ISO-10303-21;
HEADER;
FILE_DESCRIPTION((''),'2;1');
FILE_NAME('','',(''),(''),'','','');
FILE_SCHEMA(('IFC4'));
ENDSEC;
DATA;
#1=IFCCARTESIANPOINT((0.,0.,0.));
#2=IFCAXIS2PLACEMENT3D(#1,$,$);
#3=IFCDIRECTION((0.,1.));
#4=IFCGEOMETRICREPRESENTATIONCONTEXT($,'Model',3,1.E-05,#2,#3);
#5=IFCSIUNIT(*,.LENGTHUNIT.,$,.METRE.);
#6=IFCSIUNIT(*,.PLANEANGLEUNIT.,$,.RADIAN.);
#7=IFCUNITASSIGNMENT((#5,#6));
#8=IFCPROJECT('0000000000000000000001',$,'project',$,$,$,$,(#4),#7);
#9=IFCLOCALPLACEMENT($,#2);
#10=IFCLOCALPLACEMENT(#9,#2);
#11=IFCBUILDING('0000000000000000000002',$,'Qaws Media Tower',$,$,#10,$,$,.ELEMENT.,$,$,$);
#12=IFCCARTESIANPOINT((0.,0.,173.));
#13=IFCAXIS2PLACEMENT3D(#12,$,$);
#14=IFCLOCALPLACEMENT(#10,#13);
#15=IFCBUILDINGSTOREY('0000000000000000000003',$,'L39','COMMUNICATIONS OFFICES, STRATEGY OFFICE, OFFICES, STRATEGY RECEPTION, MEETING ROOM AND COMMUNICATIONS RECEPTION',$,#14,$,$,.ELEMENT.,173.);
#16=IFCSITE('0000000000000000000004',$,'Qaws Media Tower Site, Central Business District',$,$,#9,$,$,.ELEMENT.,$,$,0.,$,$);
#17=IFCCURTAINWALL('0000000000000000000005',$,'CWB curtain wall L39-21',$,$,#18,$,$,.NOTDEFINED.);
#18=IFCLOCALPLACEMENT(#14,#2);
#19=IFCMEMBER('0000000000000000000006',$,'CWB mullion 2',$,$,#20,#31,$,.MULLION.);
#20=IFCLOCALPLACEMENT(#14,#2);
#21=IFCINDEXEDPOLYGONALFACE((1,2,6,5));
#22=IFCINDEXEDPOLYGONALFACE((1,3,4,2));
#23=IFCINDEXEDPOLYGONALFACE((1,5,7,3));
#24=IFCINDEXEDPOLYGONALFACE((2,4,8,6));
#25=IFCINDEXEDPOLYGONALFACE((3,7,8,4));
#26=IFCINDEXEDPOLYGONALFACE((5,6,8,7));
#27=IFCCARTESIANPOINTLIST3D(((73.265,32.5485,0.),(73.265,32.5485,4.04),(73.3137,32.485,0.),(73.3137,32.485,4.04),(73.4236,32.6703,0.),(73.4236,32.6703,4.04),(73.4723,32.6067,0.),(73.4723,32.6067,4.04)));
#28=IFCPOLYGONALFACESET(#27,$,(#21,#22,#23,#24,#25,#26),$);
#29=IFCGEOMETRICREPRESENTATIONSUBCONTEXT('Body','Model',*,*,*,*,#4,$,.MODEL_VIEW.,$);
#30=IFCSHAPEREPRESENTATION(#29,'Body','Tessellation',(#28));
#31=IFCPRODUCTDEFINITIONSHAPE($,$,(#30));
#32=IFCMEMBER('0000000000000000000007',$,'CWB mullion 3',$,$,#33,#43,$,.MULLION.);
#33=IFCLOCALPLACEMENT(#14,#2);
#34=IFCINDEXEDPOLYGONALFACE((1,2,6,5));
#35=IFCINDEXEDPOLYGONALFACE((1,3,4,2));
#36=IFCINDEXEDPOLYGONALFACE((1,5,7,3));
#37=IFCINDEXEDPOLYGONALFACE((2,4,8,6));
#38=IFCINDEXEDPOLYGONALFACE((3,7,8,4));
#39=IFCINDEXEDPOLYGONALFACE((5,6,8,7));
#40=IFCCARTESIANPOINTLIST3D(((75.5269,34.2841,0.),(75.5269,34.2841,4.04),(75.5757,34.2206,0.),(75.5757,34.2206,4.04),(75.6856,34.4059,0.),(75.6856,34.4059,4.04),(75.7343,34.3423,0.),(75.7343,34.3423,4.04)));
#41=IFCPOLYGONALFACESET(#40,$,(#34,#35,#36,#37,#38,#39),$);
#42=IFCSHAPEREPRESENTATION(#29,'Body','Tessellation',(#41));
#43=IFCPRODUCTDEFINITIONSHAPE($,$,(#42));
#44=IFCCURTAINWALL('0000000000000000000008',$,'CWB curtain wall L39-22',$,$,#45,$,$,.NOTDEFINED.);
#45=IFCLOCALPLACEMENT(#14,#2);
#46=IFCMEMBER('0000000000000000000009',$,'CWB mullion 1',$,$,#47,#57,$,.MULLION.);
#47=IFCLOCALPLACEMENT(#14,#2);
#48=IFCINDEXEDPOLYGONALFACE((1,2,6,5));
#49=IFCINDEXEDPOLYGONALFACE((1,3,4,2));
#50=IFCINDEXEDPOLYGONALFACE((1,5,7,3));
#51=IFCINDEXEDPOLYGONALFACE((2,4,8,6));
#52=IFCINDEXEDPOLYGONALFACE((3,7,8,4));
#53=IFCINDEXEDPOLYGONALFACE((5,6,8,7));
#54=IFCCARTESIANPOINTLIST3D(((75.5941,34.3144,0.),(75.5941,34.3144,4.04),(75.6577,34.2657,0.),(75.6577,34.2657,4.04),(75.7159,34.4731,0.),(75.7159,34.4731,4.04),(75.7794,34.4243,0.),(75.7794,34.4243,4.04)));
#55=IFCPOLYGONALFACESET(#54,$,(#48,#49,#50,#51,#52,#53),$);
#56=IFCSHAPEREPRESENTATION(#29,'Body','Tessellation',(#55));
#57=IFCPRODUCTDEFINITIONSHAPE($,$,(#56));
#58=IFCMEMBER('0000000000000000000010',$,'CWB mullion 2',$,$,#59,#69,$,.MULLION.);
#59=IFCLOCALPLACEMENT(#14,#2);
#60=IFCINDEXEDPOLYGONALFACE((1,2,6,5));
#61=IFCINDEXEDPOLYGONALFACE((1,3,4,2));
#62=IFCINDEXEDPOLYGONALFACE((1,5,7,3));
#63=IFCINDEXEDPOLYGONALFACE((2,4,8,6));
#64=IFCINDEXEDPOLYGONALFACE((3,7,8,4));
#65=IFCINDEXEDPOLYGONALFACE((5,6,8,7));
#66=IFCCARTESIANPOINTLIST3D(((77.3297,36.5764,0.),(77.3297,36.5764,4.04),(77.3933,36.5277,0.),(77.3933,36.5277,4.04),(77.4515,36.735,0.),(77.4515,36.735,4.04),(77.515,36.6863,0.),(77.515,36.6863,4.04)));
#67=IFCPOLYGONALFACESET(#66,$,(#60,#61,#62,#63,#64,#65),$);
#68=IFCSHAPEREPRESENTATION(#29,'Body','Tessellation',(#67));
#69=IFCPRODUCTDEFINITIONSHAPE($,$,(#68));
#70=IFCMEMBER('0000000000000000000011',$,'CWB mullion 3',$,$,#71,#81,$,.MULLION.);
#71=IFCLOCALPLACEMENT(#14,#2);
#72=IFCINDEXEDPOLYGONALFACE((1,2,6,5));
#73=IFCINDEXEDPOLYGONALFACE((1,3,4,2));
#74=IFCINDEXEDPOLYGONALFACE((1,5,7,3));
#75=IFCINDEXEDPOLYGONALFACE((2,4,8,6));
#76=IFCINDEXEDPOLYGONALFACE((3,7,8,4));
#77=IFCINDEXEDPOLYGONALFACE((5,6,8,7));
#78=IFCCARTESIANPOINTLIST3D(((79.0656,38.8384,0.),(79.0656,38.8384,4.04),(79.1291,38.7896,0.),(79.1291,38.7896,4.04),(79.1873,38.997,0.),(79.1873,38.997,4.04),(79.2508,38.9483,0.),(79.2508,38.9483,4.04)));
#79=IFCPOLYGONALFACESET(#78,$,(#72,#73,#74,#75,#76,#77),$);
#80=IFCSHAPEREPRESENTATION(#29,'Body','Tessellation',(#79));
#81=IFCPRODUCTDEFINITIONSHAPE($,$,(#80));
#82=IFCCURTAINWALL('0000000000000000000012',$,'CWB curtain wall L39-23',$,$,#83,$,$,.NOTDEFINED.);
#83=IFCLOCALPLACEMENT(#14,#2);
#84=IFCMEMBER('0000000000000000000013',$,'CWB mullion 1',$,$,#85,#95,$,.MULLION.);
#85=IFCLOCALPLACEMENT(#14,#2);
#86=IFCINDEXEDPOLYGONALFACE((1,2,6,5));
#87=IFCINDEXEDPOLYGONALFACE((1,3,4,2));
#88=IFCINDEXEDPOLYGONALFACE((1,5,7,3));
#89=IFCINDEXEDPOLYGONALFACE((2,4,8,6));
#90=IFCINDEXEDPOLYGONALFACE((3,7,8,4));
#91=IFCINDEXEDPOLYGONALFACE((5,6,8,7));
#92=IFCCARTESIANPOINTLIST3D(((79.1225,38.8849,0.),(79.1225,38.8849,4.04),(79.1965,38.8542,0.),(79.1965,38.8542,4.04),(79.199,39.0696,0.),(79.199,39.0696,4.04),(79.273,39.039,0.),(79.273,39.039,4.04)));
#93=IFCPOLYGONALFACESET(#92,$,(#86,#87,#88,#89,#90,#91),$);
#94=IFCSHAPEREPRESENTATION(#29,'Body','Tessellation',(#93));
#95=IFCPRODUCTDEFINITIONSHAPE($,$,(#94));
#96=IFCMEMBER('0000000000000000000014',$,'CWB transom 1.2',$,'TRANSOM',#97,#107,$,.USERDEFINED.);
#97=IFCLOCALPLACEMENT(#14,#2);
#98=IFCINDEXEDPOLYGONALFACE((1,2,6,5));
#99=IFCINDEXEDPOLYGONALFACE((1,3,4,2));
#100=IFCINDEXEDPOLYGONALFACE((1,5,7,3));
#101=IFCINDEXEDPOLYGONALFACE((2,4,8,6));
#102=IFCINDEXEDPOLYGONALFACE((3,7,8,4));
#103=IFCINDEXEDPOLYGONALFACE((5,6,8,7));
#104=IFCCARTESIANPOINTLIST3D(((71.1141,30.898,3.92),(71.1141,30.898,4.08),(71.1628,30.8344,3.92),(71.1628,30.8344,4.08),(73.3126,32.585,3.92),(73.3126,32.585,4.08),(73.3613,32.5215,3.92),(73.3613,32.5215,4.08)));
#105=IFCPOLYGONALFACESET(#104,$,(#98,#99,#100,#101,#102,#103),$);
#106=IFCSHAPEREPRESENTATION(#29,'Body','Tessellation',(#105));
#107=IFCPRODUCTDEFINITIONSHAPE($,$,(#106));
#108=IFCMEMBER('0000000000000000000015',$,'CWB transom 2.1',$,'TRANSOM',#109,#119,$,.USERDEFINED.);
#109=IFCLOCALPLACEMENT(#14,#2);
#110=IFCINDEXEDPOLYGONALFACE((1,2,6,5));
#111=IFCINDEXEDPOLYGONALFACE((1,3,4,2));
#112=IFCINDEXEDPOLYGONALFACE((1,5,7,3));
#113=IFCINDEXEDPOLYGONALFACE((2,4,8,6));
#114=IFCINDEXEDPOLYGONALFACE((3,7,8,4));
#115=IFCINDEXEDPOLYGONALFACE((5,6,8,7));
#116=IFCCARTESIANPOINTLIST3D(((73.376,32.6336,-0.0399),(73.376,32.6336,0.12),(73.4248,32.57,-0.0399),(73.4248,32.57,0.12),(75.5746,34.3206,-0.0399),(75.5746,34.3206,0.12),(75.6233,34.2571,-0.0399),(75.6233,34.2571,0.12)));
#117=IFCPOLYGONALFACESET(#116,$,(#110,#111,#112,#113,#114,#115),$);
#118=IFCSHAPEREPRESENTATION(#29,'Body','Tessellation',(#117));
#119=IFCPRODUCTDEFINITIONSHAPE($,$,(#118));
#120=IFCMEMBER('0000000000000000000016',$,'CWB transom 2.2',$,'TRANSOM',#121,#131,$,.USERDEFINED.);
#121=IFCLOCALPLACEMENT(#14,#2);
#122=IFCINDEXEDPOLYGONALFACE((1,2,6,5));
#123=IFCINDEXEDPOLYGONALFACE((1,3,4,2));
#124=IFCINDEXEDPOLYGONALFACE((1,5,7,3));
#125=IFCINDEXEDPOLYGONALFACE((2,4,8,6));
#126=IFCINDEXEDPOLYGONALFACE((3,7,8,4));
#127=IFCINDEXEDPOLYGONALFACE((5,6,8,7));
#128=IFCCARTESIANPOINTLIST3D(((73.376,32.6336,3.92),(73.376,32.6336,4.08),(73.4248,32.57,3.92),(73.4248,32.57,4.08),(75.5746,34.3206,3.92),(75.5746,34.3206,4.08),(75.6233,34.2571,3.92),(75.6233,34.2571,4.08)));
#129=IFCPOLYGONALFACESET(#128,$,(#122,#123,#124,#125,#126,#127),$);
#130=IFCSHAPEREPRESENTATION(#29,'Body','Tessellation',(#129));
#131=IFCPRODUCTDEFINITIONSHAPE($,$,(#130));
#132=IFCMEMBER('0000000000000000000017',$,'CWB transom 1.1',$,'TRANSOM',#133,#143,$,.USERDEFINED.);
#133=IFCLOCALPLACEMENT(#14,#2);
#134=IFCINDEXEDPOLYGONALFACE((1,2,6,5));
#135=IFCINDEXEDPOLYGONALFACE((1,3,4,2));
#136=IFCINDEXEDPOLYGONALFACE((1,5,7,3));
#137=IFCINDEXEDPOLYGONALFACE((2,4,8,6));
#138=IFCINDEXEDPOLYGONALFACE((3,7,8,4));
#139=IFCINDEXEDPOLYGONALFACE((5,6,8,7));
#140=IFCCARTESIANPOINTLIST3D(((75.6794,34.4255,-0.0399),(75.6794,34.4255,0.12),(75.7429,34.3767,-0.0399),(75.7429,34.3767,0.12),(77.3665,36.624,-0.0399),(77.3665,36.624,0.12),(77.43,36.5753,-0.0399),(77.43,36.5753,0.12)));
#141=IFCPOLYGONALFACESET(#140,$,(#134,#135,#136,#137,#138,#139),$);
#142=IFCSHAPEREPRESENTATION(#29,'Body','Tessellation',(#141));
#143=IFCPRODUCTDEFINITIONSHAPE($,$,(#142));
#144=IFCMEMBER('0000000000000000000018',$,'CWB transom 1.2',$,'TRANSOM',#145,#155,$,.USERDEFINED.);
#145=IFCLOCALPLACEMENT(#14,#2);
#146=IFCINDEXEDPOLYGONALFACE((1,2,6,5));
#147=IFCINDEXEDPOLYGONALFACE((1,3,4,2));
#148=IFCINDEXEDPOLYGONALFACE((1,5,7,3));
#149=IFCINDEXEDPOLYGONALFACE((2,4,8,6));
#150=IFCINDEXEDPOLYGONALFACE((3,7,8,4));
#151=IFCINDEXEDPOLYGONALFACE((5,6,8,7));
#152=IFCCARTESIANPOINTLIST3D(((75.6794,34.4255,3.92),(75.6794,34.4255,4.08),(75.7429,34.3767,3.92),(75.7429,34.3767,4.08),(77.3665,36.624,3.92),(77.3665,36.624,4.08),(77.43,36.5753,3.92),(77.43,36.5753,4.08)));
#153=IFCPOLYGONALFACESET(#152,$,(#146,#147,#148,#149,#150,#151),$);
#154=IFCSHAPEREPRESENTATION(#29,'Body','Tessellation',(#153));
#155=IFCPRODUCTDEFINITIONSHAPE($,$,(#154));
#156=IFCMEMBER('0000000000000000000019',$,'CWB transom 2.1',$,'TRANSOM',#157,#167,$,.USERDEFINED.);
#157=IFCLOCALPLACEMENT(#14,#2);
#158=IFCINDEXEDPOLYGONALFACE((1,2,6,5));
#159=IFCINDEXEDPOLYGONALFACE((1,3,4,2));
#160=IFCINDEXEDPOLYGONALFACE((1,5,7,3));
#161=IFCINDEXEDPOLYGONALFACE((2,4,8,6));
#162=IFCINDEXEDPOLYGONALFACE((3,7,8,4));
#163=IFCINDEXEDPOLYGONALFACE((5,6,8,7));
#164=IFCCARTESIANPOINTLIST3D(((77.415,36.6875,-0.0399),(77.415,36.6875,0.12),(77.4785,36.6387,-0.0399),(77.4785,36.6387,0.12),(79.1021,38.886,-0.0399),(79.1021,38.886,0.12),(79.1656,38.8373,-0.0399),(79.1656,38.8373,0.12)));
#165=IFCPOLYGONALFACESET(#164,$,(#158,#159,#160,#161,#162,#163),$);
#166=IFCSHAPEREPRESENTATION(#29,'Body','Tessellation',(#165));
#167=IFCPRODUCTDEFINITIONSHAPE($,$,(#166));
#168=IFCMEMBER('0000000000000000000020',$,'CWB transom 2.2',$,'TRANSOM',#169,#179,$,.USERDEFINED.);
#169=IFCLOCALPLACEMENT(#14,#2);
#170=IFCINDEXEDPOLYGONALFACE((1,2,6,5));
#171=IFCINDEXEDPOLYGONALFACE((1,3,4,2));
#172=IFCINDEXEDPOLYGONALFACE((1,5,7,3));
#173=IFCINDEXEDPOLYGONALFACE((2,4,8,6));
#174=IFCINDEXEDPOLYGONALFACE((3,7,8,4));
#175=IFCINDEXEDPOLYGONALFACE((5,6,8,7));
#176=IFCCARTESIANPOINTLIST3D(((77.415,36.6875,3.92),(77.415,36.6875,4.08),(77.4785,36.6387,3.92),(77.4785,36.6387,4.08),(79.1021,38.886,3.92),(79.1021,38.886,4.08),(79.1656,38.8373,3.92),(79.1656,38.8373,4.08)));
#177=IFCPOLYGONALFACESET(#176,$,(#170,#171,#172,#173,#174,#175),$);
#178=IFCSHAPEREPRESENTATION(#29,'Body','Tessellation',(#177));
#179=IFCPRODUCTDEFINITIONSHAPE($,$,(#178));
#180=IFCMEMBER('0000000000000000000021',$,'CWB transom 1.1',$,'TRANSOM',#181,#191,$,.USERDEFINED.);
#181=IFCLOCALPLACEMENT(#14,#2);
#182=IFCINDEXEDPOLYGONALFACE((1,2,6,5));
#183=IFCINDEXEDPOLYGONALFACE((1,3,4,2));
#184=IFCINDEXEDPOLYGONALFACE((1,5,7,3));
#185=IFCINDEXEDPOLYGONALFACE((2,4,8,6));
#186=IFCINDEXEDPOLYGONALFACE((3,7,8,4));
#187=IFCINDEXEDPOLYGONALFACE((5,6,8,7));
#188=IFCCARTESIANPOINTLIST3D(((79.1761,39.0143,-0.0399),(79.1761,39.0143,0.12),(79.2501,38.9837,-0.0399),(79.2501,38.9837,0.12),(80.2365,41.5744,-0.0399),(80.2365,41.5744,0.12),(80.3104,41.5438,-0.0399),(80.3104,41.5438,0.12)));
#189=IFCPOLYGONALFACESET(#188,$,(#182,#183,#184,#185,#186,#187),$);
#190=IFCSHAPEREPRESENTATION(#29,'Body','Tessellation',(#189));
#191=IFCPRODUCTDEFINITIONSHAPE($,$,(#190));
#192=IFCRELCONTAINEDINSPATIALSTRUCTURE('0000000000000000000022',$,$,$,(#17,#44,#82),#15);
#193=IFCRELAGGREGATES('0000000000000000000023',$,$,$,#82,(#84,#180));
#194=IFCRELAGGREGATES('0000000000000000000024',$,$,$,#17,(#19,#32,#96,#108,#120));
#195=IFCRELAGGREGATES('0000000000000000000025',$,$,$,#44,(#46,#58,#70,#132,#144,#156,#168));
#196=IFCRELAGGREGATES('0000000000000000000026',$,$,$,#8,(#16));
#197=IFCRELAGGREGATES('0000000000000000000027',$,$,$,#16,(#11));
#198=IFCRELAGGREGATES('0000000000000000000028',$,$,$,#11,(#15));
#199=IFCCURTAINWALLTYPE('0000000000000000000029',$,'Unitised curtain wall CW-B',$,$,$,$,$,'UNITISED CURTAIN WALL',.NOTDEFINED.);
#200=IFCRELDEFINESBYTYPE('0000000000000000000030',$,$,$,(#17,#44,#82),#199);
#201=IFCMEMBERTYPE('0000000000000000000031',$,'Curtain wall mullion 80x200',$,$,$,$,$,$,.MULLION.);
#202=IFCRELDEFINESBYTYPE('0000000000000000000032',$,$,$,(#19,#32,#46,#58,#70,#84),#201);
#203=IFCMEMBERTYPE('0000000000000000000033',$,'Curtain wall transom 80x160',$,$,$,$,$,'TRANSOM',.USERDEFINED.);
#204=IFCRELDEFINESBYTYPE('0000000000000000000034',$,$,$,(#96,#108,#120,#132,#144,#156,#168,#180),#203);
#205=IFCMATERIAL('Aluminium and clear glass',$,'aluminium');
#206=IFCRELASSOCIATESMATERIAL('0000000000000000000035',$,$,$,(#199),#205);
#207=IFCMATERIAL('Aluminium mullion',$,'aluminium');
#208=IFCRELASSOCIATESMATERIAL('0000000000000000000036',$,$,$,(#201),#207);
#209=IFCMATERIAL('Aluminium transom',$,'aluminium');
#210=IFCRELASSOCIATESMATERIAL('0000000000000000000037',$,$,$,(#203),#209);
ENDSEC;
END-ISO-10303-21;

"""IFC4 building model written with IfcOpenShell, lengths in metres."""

from ifc_helpers import new_model, si_unit, direction, frame, origin, origin_2d, place, context, subcontext, project, spatial, rectangle, extrude, material, material_profile, profile_set, type_object, element, aggregate, save


model = new_model("IFC4")

# Units and contexts
model_context = context("Model", 3, precision=1e-05, world=origin(), true_north=direction((0.0, 1.0)))
body_context = subcontext(model_context, "Body", "Model", "MODEL_VIEW")
ifc_project = project(units=[si_unit("LENGTHUNIT", "METRE"), si_unit("PLANEANGLEUNIT", "RADIAN")], contexts=[model_context])

# Site, building, storey
site_placement = place(None, origin())
site = spatial("IfcSite", under=ifc_project, at=site_placement, Name="Qaws Media Tower Site, Central Business District", CompositionType="ELEMENT", RefElevation=0.0)
building_placement = place(site_placement, origin())
building = spatial("IfcBuilding", under=site, at=building_placement, Name="Qaws Media Tower", CompositionType="ELEMENT")
storey_placement = place(building_placement, frame((0.0, 0.0, 173.0)))
storey = spatial("IfcBuildingStorey", under=building, at=storey_placement, Name="L39", Description="COMMUNICATIONS OFFICES, STRATEGY OFFICE, OFFICES, STRATEGY RECEPTION, MEETING ROOM AND COMMUNICATIONS RECEPTION", CompositionType="ELEMENT", Elevation=173.0)

# Curtain walls, members
ifc_material_1 = material(Name="Aluminium and clear glass", Category="aluminium")
curtain_wall_type = type_object("IfcCurtainWallType", Name="Unitised curtain wall CW-B", ElementType="UNITISED CURTAIN WALL", PredefinedType="NOTDEFINED", material=ifc_material_1)
curtain_wall_1_placement = place(storey_placement, origin())
curtain_wall_1 = element("IfcCurtainWall", 1, at=curtain_wall_1_placement, inside=storey, type_object=curtain_wall_type, Name="CWB curtain wall L39-21", PredefinedType="NOTDEFINED")
ifc_material_2 = material(Name="Aluminium mullion", Category="aluminium")
ifc_material_profile_1 = material_profile(ifc_material_2, rectangle(XDim=0.0801, YDim=0.2, at=origin_2d()), Name="80x200")
ifc_profile_set_1 = profile_set([ifc_material_profile_1], Name="Aluminium mullion")
member_type_1 = type_object("IfcMemberType", Name="Curtain wall mullion 80x200", PredefinedType="MULLION", material=ifc_profile_set_1)
member_1_placement = place(storey_placement, frame((73.3687, 32.5776, 0.0), z_axis=(0.0, 0.0, 1.0), x_axis=(-0.608762, 0.793353, 0.0)))
member_1 = element("IfcMember", 2, at=member_1_placement, type_object=member_type_1, Name="CWB mullion 2", PredefinedType="MULLION", context=body_context, shape_type="SweptSolid", body=[
    extrude(rectangle(XDim=0.0801, YDim=0.2, at=origin_2d()), origin(), (0.0, 0.0, 1.0), 4.04),
])
member_2_placement = place(storey_placement, frame((75.6306, 34.3132, 0.0), z_axis=(0.0, 0.0, 1.0), x_axis=(-0.608762, 0.793353, 0.0)))
member_2 = element("IfcMember", 3, at=member_2_placement, type_object=member_type_1, Name="CWB mullion 3", PredefinedType="MULLION", context=body_context, shape_type="SweptSolid", body=[
    extrude(rectangle(XDim=0.0801, YDim=0.2, at=origin_2d()), origin(), (0.0, 0.0, 1.0), 4.04),
])
curtain_wall_2_placement = place(storey_placement, origin())
curtain_wall_2 = element("IfcCurtainWall", 4, at=curtain_wall_2_placement, inside=storey, type_object=curtain_wall_type, Name="CWB curtain wall L39-22", PredefinedType="NOTDEFINED")
member_3_placement = place(storey_placement, frame((75.6868, 34.3694, 0.0), z_axis=(0.0, 0.0, 1.0), x_axis=(-0.793353, 0.608762, 0.0)))
member_3 = element("IfcMember", 5, at=member_3_placement, type_object=member_type_1, Name="CWB mullion 1", PredefinedType="MULLION", context=body_context, shape_type="SweptSolid", body=[
    extrude(rectangle(XDim=0.0801, YDim=0.2, at=origin_2d()), origin(), (0.0, 0.0, 1.0), 4.04),
])
member_4_placement = place(storey_placement, frame((77.4224, 36.6313, 0.0), z_axis=(0.0, 0.0, 1.0), x_axis=(-0.793353, 0.608762, 0.0)))
member_4 = element("IfcMember", 6, at=member_4_placement, type_object=member_type_1, Name="CWB mullion 2", PredefinedType="MULLION", context=body_context, shape_type="SweptSolid", body=[
    extrude(rectangle(XDim=0.0801, YDim=0.2, at=origin_2d()), origin(), (0.0, 0.0, 1.0), 4.04),
])
member_5_placement = place(storey_placement, frame((79.1582, 38.8933, 0.0), z_axis=(0.0, 0.0, 1.0), x_axis=(-0.793353, 0.608762, 0.0)))
member_5 = element("IfcMember", 7, at=member_5_placement, type_object=member_type_1, Name="CWB mullion 3", PredefinedType="MULLION", context=body_context, shape_type="SweptSolid", body=[
    extrude(rectangle(XDim=0.0801, YDim=0.2, at=origin_2d()), origin(), (0.0, 0.0, 1.0), 4.04),
])

# Curtain wall, member
curtain_wall_3_placement = place(storey_placement, origin())
curtain_wall_3 = element("IfcCurtainWall", 8, at=curtain_wall_3_placement, inside=storey, type_object=curtain_wall_type, Name="CWB curtain wall L39-23", PredefinedType="NOTDEFINED")
member_6_placement = place(storey_placement, frame((79.1978, 38.9619, 0.0), z_axis=(0.0, 0.0, 1.0), x_axis=(-0.92388, 0.382683, 0.0)))
member_6 = element("IfcMember", 9, at=member_6_placement, type_object=member_type_1, Name="CWB mullion 1", PredefinedType="MULLION", context=body_context, shape_type="SweptSolid", body=[
    extrude(rectangle(XDim=0.0801, YDim=0.2, at=origin_2d()), origin(), (0.0, 0.0, 1.0), 4.04),
])

# Members
ifc_material_3 = material(Name="Aluminium transom", Category="aluminium")
ifc_material_profile_2 = material_profile(ifc_material_3, rectangle(XDim=0.0801, YDim=0.1599, at=origin_2d()), Name="80x160")
ifc_profile_set_2 = profile_set([ifc_material_profile_2], Name="Aluminium transom")
member_type_2 = type_object("IfcMemberType", Name="Curtain wall transom 80x160", ElementType="TRANSOM", PredefinedType="USERDEFINED", material=ifc_profile_set_2)
member_7_placement = place(storey_placement, frame((71.1384, 30.8662, 4.0), z_axis=(0.793344, 0.608774, 0.0), x_axis=(-0.608774, 0.793344, 0.0)))
member_7 = element("IfcMember", 10, at=member_7_placement, type_object=member_type_2, Name="CWB transom 1.2", ObjectType="TRANSOM", PredefinedType="USERDEFINED", context=body_context, shape_type="SweptSolid", body=[
    extrude(rectangle(XDim=0.0801, YDim=0.1599, at=origin_2d()), origin(), (0.0, 0.0, 1.0), 2.7712),
])
member_8_placement = place(storey_placement, frame((73.4004, 32.6018, 0.04), z_axis=(0.793344, 0.608774, 0.0), x_axis=(-0.608774, 0.793344, 0.0)))
member_8 = element("IfcMember", 11, at=member_8_placement, type_object=member_type_2, Name="CWB transom 2.1", ObjectType="TRANSOM", PredefinedType="USERDEFINED", context=body_context, shape_type="SweptSolid", body=[
    extrude(rectangle(XDim=0.0801, YDim=0.1599, at=origin_2d()), origin(), (0.0, 0.0, 1.0), 2.7712),
])
member_9_placement = place(storey_placement, frame((73.4004, 32.6018, 4.0), z_axis=(0.793344, 0.608774, 0.0), x_axis=(-0.608774, 0.793344, 0.0)))
member_9 = element("IfcMember", 12, at=member_9_placement, type_object=member_type_2, Name="CWB transom 2.2", ObjectType="TRANSOM", PredefinedType="USERDEFINED", context=body_context, shape_type="SweptSolid", body=[
    extrude(rectangle(XDim=0.0801, YDim=0.1599, at=origin_2d()), origin(), (0.0, 0.0, 1.0), 2.7712),
])
member_10_placement = place(storey_placement, frame((75.7112, 34.4011, 0.04), z_axis=(0.608774, 0.793344, 0.0), x_axis=(-0.793344, 0.608774, 0.0)))
member_10 = element("IfcMember", 13, at=member_10_placement, type_object=member_type_2, Name="CWB transom 1.1", ObjectType="TRANSOM", PredefinedType="USERDEFINED", context=body_context, shape_type="SweptSolid", body=[
    extrude(rectangle(XDim=0.0801, YDim=0.1599, at=origin_2d()), origin(), (0.0, 0.0, 1.0), 2.7712),
])
member_11_placement = place(storey_placement, frame((75.7112, 34.4011, 4.0), z_axis=(0.608774, 0.793344, 0.0), x_axis=(-0.793344, 0.608774, 0.0)))
member_11 = element("IfcMember", 14, at=member_11_placement, type_object=member_type_2, Name="CWB transom 1.2", ObjectType="TRANSOM", PredefinedType="USERDEFINED", context=body_context, shape_type="SweptSolid", body=[
    extrude(rectangle(XDim=0.0801, YDim=0.1599, at=origin_2d()), origin(), (0.0, 0.0, 1.0), 2.7712),
])
member_12_placement = place(storey_placement, frame((77.4468, 36.6631, 0.04), z_axis=(0.608774, 0.793344, 0.0), x_axis=(-0.793344, 0.608774, 0.0)))
member_12 = element("IfcMember", 15, at=member_12_placement, type_object=member_type_2, Name="CWB transom 2.1", ObjectType="TRANSOM", PredefinedType="USERDEFINED", context=body_context, shape_type="SweptSolid", body=[
    extrude(rectangle(XDim=0.0801, YDim=0.1599, at=origin_2d()), origin(), (0.0, 0.0, 1.0), 2.7712),
])
member_13_placement = place(storey_placement, frame((77.4468, 36.6631, 4.0), z_axis=(0.608774, 0.793344, 0.0), x_axis=(-0.793344, 0.608774, 0.0)))
member_13 = element("IfcMember", 16, at=member_13_placement, type_object=member_type_2, Name="CWB transom 2.2", ObjectType="TRANSOM", PredefinedType="USERDEFINED", context=body_context, shape_type="SweptSolid", body=[
    extrude(rectangle(XDim=0.0801, YDim=0.1599, at=origin_2d()), origin(), (0.0, 0.0, 1.0), 2.7712),
])
member_14_placement = place(storey_placement, frame((79.2131, 38.999, 0.04), z_axis=(0.38265, 0.923893, 0.0), x_axis=(-0.923893, 0.38265, 0.0)))
member_14 = element("IfcMember", 17, at=member_14_placement, type_object=member_type_2, Name="CWB transom 1.1", ObjectType="TRANSOM", PredefinedType="USERDEFINED", context=body_context, shape_type="SweptSolid", body=[
    extrude(rectangle(XDim=0.0801, YDim=0.1599, at=origin_2d()), origin(), (0.0, 0.0, 1.0), 2.771),
])
aggregate(curtain_wall_3, [member_6, member_14])

aggregate(curtain_wall_1, [member_1, member_2, member_7, member_8, member_9])
aggregate(curtain_wall_2, [member_3, member_4, member_5, member_10, member_11, member_12, member_13])

save(model, "model.ifc")
